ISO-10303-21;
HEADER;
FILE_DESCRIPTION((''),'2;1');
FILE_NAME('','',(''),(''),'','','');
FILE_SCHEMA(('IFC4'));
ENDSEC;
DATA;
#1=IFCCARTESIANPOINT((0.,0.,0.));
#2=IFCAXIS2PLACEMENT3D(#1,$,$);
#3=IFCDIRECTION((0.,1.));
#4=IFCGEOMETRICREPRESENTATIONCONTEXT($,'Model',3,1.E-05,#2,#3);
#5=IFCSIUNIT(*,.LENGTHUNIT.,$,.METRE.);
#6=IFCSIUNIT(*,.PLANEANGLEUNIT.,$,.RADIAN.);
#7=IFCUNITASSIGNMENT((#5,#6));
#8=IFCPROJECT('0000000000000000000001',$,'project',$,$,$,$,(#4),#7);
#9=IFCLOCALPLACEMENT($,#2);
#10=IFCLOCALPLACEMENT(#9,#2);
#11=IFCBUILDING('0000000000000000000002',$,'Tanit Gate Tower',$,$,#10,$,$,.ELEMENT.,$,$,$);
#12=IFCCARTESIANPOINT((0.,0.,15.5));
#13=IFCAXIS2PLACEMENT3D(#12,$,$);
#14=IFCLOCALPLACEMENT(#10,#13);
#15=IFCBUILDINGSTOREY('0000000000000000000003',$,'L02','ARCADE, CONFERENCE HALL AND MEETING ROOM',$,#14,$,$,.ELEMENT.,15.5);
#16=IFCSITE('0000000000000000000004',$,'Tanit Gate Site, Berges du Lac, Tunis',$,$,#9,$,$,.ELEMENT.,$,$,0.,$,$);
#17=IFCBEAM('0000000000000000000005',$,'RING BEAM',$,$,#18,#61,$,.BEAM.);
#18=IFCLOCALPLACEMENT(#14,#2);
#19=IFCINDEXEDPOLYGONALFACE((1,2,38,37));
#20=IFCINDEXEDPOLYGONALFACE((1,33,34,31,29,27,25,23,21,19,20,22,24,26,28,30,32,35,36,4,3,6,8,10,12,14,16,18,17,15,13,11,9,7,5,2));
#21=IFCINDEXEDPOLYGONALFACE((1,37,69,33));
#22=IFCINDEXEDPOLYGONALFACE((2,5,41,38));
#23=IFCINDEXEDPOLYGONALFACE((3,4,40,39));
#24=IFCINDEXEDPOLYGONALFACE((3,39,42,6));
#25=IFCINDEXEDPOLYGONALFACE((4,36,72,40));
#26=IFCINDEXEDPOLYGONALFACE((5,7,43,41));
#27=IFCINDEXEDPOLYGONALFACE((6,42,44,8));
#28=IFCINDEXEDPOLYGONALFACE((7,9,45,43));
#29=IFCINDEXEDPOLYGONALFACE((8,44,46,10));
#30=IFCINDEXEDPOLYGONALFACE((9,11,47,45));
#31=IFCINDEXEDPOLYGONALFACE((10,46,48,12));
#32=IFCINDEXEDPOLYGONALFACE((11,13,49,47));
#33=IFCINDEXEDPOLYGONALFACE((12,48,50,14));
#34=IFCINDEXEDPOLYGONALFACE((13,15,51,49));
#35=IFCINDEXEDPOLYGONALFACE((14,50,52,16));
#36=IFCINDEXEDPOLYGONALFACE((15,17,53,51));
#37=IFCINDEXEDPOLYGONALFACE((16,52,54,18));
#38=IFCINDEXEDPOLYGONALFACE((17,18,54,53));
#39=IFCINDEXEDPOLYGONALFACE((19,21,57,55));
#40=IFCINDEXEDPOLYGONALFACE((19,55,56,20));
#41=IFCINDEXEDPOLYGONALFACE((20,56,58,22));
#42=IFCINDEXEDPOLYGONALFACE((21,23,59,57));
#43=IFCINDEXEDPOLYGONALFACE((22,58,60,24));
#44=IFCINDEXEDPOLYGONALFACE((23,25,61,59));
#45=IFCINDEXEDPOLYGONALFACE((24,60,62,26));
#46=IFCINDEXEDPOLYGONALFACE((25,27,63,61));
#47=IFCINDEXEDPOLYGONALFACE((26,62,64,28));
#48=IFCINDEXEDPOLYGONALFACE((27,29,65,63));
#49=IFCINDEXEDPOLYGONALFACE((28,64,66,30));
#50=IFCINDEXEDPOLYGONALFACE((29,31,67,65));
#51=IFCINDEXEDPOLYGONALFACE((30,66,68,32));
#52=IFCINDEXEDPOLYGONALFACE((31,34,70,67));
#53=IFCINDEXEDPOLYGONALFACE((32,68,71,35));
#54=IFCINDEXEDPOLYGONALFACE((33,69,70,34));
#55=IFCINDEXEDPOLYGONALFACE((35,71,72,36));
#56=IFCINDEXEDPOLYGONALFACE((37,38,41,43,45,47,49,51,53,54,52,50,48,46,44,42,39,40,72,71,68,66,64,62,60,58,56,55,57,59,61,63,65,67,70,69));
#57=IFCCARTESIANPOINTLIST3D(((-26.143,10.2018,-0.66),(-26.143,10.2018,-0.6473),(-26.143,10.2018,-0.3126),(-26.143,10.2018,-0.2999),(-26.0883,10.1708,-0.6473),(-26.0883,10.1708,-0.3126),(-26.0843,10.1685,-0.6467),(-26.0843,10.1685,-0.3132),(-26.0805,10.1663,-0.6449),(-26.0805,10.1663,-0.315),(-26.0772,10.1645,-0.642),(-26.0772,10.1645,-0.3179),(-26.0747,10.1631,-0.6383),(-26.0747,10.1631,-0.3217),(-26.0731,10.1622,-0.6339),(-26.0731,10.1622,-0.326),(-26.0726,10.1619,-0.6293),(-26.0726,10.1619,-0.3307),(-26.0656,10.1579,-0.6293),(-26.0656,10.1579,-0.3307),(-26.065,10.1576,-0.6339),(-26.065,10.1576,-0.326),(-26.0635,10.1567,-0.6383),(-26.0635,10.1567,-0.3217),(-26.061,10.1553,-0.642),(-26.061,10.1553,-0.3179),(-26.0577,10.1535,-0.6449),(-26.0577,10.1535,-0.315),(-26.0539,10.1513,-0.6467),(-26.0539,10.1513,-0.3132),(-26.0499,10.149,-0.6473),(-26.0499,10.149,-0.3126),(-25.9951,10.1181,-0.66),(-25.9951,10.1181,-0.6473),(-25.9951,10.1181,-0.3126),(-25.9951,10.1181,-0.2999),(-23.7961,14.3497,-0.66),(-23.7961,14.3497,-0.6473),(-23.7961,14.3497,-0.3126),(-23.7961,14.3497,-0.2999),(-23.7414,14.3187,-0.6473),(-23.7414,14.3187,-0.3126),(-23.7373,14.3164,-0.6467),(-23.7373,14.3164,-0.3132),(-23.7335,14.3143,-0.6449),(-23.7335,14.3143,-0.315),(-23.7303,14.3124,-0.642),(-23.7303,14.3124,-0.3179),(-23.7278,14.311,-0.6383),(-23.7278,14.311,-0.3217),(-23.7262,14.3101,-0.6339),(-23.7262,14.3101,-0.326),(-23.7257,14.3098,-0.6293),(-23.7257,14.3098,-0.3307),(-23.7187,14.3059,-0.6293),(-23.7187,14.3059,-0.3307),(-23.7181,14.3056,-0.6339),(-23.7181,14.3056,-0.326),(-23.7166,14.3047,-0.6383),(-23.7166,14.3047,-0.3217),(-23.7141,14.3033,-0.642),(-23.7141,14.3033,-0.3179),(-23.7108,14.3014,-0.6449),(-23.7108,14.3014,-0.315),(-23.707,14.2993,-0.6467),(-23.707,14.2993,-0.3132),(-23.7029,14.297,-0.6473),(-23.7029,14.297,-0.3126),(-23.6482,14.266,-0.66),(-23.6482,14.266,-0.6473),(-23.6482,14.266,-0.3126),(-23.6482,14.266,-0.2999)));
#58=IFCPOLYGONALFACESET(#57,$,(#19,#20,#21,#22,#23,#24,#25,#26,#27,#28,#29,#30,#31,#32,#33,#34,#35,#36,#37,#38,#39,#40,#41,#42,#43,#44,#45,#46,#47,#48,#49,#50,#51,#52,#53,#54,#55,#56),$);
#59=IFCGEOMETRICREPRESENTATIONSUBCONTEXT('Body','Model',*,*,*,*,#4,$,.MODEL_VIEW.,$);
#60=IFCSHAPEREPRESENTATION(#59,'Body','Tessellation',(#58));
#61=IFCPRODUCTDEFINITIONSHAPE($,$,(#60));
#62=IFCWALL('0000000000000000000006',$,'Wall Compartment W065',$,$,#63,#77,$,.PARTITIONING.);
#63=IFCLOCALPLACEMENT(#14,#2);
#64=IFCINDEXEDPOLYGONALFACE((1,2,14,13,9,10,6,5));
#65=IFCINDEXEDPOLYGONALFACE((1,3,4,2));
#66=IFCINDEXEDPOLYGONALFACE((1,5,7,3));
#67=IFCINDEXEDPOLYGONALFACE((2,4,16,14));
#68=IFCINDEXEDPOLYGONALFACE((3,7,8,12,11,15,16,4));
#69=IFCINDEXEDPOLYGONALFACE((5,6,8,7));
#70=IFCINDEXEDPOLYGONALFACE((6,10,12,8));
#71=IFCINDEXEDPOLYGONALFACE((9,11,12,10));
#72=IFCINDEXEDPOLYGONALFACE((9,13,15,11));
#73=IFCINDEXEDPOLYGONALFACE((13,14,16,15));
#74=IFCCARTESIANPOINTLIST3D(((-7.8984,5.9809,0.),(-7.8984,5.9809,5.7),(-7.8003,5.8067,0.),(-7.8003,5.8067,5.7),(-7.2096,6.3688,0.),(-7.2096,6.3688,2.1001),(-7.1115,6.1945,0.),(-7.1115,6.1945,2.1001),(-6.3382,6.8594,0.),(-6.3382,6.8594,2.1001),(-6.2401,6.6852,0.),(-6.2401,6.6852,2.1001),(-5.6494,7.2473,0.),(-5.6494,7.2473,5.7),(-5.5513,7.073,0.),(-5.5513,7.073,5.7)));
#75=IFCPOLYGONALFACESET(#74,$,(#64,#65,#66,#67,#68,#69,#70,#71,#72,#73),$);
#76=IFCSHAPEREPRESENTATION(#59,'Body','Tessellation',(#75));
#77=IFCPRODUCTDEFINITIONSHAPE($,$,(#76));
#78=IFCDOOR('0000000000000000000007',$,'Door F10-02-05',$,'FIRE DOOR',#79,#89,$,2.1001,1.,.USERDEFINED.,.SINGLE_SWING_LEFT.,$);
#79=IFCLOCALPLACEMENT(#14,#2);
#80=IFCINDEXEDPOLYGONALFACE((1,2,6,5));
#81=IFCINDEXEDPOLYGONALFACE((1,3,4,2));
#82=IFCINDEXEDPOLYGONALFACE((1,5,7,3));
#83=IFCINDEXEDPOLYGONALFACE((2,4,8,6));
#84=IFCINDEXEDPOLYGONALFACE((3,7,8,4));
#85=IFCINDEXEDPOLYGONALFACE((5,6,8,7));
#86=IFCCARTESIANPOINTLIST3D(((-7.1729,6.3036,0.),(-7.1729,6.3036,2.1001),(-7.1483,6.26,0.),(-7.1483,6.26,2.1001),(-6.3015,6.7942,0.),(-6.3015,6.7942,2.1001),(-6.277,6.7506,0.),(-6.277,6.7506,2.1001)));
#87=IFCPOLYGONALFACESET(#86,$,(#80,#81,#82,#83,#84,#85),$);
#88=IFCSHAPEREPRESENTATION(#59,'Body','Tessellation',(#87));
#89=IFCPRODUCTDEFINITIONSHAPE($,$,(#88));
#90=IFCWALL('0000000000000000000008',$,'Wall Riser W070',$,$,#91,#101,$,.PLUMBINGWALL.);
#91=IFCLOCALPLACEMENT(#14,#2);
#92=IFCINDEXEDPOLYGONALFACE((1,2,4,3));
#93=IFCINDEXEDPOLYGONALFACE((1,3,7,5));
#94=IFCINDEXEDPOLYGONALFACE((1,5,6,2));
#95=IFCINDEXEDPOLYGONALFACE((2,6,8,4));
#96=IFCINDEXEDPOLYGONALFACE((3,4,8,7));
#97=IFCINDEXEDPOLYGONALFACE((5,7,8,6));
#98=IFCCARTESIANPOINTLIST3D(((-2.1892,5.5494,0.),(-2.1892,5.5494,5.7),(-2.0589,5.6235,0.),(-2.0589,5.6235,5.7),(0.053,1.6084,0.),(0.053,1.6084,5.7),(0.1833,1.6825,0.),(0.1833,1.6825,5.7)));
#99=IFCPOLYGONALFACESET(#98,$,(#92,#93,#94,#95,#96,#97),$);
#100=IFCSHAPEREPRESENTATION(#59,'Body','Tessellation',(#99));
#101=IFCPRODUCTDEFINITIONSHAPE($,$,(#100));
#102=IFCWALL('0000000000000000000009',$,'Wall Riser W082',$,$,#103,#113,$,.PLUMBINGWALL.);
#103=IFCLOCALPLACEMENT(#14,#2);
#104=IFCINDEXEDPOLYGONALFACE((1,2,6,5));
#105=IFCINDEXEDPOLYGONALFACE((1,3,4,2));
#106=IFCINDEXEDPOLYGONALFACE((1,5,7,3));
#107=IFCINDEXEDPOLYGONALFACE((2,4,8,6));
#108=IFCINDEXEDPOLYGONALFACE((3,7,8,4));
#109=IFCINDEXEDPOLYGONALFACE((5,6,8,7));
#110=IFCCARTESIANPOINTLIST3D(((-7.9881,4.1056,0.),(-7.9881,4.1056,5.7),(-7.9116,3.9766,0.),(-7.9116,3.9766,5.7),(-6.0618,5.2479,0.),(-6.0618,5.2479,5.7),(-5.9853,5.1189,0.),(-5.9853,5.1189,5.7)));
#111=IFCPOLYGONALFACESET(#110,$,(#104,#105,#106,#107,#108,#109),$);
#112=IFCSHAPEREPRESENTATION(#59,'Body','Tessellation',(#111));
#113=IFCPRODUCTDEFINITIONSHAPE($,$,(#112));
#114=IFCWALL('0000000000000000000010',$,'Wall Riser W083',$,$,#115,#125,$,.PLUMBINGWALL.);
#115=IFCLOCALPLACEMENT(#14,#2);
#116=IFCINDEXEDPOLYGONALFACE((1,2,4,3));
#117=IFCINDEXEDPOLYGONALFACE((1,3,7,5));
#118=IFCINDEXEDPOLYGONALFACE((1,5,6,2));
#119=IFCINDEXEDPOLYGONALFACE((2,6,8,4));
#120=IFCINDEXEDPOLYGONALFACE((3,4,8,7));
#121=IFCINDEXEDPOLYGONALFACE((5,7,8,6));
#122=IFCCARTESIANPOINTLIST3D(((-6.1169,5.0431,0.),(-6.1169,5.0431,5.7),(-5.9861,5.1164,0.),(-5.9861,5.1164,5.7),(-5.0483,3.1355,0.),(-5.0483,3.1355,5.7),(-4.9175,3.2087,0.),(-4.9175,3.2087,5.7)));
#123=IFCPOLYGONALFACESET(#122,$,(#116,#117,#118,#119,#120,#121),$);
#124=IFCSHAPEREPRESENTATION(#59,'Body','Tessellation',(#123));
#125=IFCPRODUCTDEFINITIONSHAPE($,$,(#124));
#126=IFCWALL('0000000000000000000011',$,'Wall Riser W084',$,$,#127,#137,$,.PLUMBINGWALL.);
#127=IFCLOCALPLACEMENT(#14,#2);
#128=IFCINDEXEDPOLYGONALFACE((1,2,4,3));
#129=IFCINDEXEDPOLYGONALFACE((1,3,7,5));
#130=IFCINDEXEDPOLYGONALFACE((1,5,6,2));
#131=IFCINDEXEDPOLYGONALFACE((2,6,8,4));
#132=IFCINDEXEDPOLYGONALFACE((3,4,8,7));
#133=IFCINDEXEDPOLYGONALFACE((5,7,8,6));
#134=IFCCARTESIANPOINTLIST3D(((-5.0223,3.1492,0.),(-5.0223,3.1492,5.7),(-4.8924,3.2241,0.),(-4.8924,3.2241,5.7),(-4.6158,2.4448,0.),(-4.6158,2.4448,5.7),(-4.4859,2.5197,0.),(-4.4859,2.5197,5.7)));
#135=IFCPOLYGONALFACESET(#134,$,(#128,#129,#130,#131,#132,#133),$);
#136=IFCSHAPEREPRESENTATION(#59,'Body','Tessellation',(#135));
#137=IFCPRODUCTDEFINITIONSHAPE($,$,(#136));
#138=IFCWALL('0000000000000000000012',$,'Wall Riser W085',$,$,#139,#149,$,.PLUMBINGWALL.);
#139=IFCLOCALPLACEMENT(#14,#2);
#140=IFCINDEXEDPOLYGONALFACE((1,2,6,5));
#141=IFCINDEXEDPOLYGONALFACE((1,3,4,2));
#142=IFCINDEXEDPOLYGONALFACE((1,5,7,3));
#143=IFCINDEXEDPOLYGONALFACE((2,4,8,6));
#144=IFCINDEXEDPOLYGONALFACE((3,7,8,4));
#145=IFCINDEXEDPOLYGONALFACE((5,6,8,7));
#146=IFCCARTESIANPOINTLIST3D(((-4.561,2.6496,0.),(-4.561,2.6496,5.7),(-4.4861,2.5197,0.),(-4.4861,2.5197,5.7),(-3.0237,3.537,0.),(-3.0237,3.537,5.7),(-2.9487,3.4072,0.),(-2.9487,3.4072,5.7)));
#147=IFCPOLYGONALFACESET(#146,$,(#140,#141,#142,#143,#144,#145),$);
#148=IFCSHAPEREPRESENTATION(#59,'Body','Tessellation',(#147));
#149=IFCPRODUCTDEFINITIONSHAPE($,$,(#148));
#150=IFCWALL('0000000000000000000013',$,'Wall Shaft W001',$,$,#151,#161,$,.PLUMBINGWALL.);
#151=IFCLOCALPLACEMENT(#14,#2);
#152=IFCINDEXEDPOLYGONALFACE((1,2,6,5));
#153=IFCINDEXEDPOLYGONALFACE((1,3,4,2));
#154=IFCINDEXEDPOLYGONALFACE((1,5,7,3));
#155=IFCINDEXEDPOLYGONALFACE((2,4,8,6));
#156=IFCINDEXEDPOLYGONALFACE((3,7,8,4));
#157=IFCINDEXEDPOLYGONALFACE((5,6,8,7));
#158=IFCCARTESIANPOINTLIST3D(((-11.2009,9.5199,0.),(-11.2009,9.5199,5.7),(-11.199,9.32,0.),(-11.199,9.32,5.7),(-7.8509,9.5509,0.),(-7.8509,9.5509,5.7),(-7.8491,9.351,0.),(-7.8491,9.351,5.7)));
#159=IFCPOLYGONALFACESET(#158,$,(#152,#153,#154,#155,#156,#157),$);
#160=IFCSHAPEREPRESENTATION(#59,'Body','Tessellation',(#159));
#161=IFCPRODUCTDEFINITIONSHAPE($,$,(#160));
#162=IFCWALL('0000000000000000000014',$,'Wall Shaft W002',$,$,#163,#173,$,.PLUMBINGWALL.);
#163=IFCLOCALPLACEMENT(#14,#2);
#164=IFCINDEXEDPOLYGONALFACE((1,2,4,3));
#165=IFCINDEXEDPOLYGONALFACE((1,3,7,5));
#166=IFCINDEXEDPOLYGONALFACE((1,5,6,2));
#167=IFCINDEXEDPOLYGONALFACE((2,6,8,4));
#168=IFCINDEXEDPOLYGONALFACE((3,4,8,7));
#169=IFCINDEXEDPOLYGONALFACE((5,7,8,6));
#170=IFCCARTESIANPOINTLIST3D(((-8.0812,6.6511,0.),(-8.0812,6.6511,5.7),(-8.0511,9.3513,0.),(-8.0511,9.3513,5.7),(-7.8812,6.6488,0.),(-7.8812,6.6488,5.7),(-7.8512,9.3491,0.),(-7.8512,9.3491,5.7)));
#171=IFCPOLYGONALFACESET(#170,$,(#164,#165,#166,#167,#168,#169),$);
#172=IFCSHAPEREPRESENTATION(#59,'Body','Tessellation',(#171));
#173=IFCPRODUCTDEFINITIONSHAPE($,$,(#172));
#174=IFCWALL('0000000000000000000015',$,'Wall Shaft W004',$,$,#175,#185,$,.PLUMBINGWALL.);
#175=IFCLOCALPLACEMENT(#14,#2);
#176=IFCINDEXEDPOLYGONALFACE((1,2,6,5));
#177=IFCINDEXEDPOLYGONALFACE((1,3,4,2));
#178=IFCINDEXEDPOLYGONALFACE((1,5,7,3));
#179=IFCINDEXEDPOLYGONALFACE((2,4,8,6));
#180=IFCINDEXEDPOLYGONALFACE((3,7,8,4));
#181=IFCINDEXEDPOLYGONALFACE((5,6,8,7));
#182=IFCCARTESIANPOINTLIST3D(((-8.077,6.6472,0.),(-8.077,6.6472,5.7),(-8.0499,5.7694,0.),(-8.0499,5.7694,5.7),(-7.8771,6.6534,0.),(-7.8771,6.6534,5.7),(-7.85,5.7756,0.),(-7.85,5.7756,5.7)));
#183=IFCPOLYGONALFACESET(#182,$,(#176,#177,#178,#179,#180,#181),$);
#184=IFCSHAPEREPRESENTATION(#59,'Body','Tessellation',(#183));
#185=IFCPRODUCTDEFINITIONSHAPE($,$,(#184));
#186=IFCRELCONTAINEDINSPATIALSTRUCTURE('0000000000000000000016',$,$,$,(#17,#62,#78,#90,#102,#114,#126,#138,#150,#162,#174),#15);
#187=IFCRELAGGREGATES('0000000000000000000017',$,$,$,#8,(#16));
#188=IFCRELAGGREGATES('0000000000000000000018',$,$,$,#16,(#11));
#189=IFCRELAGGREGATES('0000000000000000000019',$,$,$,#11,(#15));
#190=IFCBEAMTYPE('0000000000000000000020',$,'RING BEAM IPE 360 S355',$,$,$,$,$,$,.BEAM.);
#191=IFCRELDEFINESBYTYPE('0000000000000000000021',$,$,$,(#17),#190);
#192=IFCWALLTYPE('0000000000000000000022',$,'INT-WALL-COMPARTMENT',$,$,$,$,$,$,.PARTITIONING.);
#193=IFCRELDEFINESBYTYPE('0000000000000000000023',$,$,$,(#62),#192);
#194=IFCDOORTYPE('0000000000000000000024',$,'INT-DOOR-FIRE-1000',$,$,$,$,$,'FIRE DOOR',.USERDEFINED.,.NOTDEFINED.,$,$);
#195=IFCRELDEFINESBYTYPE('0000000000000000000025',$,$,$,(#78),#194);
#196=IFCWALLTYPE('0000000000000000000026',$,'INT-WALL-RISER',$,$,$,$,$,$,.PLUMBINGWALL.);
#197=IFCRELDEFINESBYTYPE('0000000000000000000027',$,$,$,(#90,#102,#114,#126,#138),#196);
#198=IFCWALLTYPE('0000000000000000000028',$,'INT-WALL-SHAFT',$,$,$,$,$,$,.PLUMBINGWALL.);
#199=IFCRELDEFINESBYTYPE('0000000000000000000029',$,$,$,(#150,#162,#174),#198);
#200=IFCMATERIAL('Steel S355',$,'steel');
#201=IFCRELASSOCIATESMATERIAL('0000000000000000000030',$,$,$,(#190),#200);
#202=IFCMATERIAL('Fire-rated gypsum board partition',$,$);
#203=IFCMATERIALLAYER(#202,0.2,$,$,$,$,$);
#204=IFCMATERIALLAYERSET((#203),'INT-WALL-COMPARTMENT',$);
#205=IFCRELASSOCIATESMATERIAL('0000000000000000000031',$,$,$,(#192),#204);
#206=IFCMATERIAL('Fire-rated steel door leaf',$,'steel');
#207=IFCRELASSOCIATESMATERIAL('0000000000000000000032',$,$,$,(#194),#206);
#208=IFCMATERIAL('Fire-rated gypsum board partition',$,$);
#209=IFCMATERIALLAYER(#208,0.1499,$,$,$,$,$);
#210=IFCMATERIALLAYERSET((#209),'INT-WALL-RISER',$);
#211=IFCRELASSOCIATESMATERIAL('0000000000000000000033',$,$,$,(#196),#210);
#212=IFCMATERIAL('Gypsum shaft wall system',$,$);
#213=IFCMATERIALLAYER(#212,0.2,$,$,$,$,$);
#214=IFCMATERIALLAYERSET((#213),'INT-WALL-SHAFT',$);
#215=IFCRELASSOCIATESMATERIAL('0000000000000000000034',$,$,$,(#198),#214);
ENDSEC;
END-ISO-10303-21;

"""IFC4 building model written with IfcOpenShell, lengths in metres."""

from ifc_helpers import new_model, si_unit, direction, frame, frame_2d, origin, origin_2d, place, context, subcontext, project, spatial, rectangle, i_section, extrude, material, layer, layer_set, material_profile, profile_set, type_object, element, fill, save


model = new_model("IFC4")

# Units and contexts
model_context = context("Model", 3, precision=1e-05, world=origin(), true_north=direction((0.0, 1.0)))
body_context = subcontext(model_context, "Body", "Model", "MODEL_VIEW")
ifc_project = project(units=[si_unit("LENGTHUNIT", "METRE"), si_unit("PLANEANGLEUNIT", "RADIAN")], contexts=[model_context])

# Site, building, storey
site_placement = place(None, origin())
site = spatial("IfcSite", under=ifc_project, at=site_placement, Name="Tanit Gate Site, Berges du Lac, Tunis", CompositionType="ELEMENT", RefElevation=0.0)
building_placement = place(site_placement, origin())
building = spatial("IfcBuilding", under=site, at=building_placement, Name="Tanit Gate Tower", CompositionType="ELEMENT")
storey_placement = place(building_placement, frame((0.0, 0.0, 15.5)))
storey = spatial("IfcBuildingStorey", under=building, at=storey_placement, Name="L02", Description="ARCADE, CONFERENCE HALL AND MEETING ROOM", CompositionType="ELEMENT", Elevation=15.5)

# Beam
ifc_material_1 = material(Name="Steel S355", Category="steel")
ifc_material_profile_1 = material_profile(ifc_material_1, i_section(OverallWidth=0.1699, OverallDepth=0.3601, WebThickness=0.0081, FlangeThickness=0.0127, FilletRadius=0.0181, at=origin_2d()), Name="IPE 360")
ifc_profile_set_1 = profile_set([ifc_material_profile_1], Name="Steel S355")
beam_type_1 = type_object("IfcBeamType", Name="RING BEAM IPE 360 S355", PredefinedType="BEAM", material=ifc_profile_set_1)
beam_1_placement = place(storey_placement, frame((-26.0691, 10.1599, -0.48), z_axis=(0.492444, 0.870344, 0.0), x_axis=(-0.870344, 0.492444, 0.0)))
element("IfcBeam", 1, at=beam_1_placement, inside=storey, type_object=beam_type_1, Name="RING BEAM", PredefinedType="BEAM", context=body_context, shape_type="SweptSolid", body=[
    extrude(i_section(OverallWidth=0.1699, OverallDepth=0.3601, WebThickness=0.0081, FlangeThickness=0.0127, FilletRadius=0.0181, at=origin_2d()), origin(), (0.0, 0.0, 1.0), 4.7659),
])

# Wall, opening, door
ifc_material_2 = material(Name="Fire-rated gypsum board partition")
ifc_layer_1 = layer(ifc_material_2, 0.2)
ifc_layer_set_1 = layer_set([ifc_layer_1], Name="INT-WALL-COMPARTMENT")
wall_type_1 = type_object("IfcWallType", Name="INT-WALL-COMPARTMENT", PredefinedType="PARTITIONING", material=ifc_layer_set_1)
wall_1_placement = place(storey_placement, frame((-5.6003, 7.1602, 0.0), z_axis=(0.0, 0.0, 1.0), x_axis=(-0.871363, -0.490638, 0.0)))
wall_1 = element("IfcWall", 2, at=wall_1_placement, inside=storey, type_object=wall_type_1, Name="Wall Compartment W065", PredefinedType="PARTITIONING", context=body_context, shape_type="SweptSolid", body=[
    extrude(rectangle(XDim=2.5811, YDim=0.2, at=frame_2d((1.2905, 0.0))), origin(), (0.0, 0.0, 1.0), 5.7),
])
opening_1_placement = place(wall_1_placement, frame((0.7905, 0.0, 0.0)))
opening_1 = element("IfcOpeningElement", 3, at=opening_1_placement, cuts=wall_1, PredefinedType="OPENING", context=body_context, shape_type="SweptSolid", body=[
    extrude(rectangle(XDim=1.0, YDim=2.1001, at=frame_2d((0.5, 1.05))), frame((0.0, 0.1099, 0.0), z_axis=(0.0, -1.0, 0.0), x_axis=(1.0, 0.0, 0.0)), (0.0, 0.0, 1.0), 0.22),
])
ifc_material_3 = material(Name="Fire-rated steel door leaf", Category="steel")
door_type_1 = type_object("IfcDoorType", Name="INT-DOOR-FIRE-1000", ElementType="FIRE DOOR", OperationType="NOTDEFINED", PredefinedType="USERDEFINED", material=ifc_material_3)
door_1_placement = place(opening_1_placement, origin())
door_1 = element("IfcDoor", 4, at=door_1_placement, inside=storey, type_object=door_type_1, Name="Door F10-02-05", ObjectType="FIRE DOOR", OperationType="SINGLE_SWING_LEFT", OverallHeight=2.1001, OverallWidth=1.0, PredefinedType="USERDEFINED", context=body_context, shape_type="SweptSolid", body=[
    extrude(rectangle(XDim=1.0, YDim=2.1001, at=frame_2d((0.5, 1.05))), frame((0.0, 0.0249, 0.0), z_axis=(0.0, -1.0, 0.0), x_axis=(1.0, 0.0, 0.0)), (0.0, 0.0, 1.0), 0.05),
])
fill(opening_1, door_1)

# Walls
ifc_material_4 = material(Name="Fire-rated gypsum board partition")
ifc_layer_2 = layer(ifc_material_4, 0.1499)
ifc_layer_set_2 = layer_set([ifc_layer_2], Name="INT-WALL-RISER")
wall_type_2 = type_object("IfcWallType", Name="INT-WALL-RISER", PredefinedType="PLUMBINGWALL", material=ifc_layer_set_2)
wall_2_placement = place(storey_placement, frame((-2.124, 5.5864, 0.0), z_axis=(0.0, 0.0, 1.0), x_axis=(0.494514, -0.869169, 0.0)))
element("IfcWall", 5, at=wall_2_placement, inside=storey, type_object=wall_type_2, Name="Wall Riser W070", PredefinedType="PLUMBINGWALL", context=body_context, shape_type="SweptSolid", body=[
    extrude(rectangle(XDim=4.5342, YDim=0.1499, at=frame_2d((2.2671, 0.0))), origin(), (0.0, 0.0, 1.0), 5.7),
])
wall_3_placement = place(storey_placement, frame((-6.0237, 5.1833, 0.0), z_axis=(0.0, 0.0, 1.0), x_axis=(-0.860127, -0.51008, 0.0)))
element("IfcWall", 6, at=wall_3_placement, inside=storey, type_object=wall_type_2, Name="Wall Riser W082", PredefinedType="PLUMBINGWALL", context=body_context, shape_type="SweptSolid", body=[
    extrude(rectangle(XDim=2.2395, YDim=0.1499, at=frame_2d((1.1196, 0.0))), origin(), (0.0, 0.0, 1.0), 5.7),
])
wall_4_placement = place(storey_placement, frame((-4.9829, 3.1721, 0.0), z_axis=(0.0, 0.0, 1.0), x_axis=(-0.488702, 0.872451, 0.0)))
element("IfcWall", 7, at=wall_4_placement, inside=storey, type_object=wall_type_2, Name="Wall Riser W083", PredefinedType="PLUMBINGWALL", context=body_context, shape_type="SweptSolid", body=[
    extrude(rectangle(XDim=2.1865, YDim=0.1499, at=frame_2d((1.0933, 0.0))), origin(), (0.0, 0.0, 1.0), 5.7),
])
wall_5_placement = place(storey_placement, frame((-4.5508, 2.4822, 0.0), z_axis=(0.0, 0.0, 1.0), x_axis=(-0.499852, 0.866111, 0.0)))
element("IfcWall", 8, at=wall_5_placement, inside=storey, type_object=wall_type_2, Name="Wall Riser W084", PredefinedType="PLUMBINGWALL", context=body_context, shape_type="SweptSolid", body=[
    extrude(rectangle(XDim=0.8132, YDim=0.1499, at=frame_2d((0.4067, 0.0))), origin(), (0.0, 0.0, 1.0), 5.7),
])
wall_6_placement = place(storey_placement, frame((-2.9861, 3.4722, 0.0), z_axis=(0.0, 0.0, 1.0), x_axis=(-0.86606, -0.499941, 0.0)))
element("IfcWall", 9, at=wall_6_placement, inside=storey, type_object=wall_type_2, Name="Wall Riser W085", PredefinedType="PLUMBINGWALL", context=body_context, shape_type="SweptSolid", body=[
    extrude(rectangle(XDim=1.7751, YDim=0.1499, at=frame_2d((0.8877, 0.0))), origin(), (0.0, 0.0, 1.0), 5.7),
])
ifc_material_5 = material(Name="Gypsum shaft wall system")
ifc_layer_3 = layer(ifc_material_5, 0.2)
ifc_layer_set_3 = layer_set([ifc_layer_3], Name="INT-WALL-SHAFT")
wall_type_3 = type_object("IfcWallType", Name="INT-WALL-SHAFT", PredefinedType="PLUMBINGWALL", material=ifc_layer_set_3)
wall_7_placement = place(storey_placement, frame((-11.2, 9.4199, 0.0), z_axis=(0.0, 0.0, 1.0), x_axis=(0.999957, 0.009255, 0.0)))
element("IfcWall", 10, at=wall_7_placement, inside=storey, type_object=wall_type_3, Name="Wall Shaft W001", PredefinedType="PLUMBINGWALL", context=body_context, shape_type="SweptSolid", body=[
    extrude(rectangle(XDim=3.3501, YDim=0.2, at=frame_2d((1.675, 0.0))), origin(), (0.0, 0.0, 1.0), 5.7),
])
wall_8_placement = place(storey_placement, frame((-7.9512, 9.3501, 0.0), z_axis=(0.0, 0.0, 1.0), x_axis=(-0.01112, -0.999938, 0.0)))
element("IfcWall", 11, at=wall_8_placement, inside=storey, type_object=wall_type_3, Name="Wall Shaft W002", PredefinedType="PLUMBINGWALL", context=body_context, shape_type="SweptSolid", body=[
    extrude(rectangle(XDim=2.7004, YDim=0.2, at=frame_2d((1.3501, 0.0))), origin(), (0.0, 0.0, 1.0), 5.7),
])
wall_9_placement = place(storey_placement, frame((-7.9771, 6.6501, 0.0), z_axis=(0.0, 0.0, 1.0), x_axis=(0.030862, -0.999524, 0.0)))
element("IfcWall", 12, at=wall_9_placement, inside=storey, type_object=wall_type_3, Name="Wall Shaft W004", PredefinedType="PLUMBINGWALL", context=body_context, shape_type="SweptSolid", body=[
    extrude(rectangle(XDim=0.8782, YDim=0.2, at=frame_2d((0.439, 0.0))), origin(), (0.0, 0.0, 1.0), 5.7),
])

save(model, "model.ifc")
